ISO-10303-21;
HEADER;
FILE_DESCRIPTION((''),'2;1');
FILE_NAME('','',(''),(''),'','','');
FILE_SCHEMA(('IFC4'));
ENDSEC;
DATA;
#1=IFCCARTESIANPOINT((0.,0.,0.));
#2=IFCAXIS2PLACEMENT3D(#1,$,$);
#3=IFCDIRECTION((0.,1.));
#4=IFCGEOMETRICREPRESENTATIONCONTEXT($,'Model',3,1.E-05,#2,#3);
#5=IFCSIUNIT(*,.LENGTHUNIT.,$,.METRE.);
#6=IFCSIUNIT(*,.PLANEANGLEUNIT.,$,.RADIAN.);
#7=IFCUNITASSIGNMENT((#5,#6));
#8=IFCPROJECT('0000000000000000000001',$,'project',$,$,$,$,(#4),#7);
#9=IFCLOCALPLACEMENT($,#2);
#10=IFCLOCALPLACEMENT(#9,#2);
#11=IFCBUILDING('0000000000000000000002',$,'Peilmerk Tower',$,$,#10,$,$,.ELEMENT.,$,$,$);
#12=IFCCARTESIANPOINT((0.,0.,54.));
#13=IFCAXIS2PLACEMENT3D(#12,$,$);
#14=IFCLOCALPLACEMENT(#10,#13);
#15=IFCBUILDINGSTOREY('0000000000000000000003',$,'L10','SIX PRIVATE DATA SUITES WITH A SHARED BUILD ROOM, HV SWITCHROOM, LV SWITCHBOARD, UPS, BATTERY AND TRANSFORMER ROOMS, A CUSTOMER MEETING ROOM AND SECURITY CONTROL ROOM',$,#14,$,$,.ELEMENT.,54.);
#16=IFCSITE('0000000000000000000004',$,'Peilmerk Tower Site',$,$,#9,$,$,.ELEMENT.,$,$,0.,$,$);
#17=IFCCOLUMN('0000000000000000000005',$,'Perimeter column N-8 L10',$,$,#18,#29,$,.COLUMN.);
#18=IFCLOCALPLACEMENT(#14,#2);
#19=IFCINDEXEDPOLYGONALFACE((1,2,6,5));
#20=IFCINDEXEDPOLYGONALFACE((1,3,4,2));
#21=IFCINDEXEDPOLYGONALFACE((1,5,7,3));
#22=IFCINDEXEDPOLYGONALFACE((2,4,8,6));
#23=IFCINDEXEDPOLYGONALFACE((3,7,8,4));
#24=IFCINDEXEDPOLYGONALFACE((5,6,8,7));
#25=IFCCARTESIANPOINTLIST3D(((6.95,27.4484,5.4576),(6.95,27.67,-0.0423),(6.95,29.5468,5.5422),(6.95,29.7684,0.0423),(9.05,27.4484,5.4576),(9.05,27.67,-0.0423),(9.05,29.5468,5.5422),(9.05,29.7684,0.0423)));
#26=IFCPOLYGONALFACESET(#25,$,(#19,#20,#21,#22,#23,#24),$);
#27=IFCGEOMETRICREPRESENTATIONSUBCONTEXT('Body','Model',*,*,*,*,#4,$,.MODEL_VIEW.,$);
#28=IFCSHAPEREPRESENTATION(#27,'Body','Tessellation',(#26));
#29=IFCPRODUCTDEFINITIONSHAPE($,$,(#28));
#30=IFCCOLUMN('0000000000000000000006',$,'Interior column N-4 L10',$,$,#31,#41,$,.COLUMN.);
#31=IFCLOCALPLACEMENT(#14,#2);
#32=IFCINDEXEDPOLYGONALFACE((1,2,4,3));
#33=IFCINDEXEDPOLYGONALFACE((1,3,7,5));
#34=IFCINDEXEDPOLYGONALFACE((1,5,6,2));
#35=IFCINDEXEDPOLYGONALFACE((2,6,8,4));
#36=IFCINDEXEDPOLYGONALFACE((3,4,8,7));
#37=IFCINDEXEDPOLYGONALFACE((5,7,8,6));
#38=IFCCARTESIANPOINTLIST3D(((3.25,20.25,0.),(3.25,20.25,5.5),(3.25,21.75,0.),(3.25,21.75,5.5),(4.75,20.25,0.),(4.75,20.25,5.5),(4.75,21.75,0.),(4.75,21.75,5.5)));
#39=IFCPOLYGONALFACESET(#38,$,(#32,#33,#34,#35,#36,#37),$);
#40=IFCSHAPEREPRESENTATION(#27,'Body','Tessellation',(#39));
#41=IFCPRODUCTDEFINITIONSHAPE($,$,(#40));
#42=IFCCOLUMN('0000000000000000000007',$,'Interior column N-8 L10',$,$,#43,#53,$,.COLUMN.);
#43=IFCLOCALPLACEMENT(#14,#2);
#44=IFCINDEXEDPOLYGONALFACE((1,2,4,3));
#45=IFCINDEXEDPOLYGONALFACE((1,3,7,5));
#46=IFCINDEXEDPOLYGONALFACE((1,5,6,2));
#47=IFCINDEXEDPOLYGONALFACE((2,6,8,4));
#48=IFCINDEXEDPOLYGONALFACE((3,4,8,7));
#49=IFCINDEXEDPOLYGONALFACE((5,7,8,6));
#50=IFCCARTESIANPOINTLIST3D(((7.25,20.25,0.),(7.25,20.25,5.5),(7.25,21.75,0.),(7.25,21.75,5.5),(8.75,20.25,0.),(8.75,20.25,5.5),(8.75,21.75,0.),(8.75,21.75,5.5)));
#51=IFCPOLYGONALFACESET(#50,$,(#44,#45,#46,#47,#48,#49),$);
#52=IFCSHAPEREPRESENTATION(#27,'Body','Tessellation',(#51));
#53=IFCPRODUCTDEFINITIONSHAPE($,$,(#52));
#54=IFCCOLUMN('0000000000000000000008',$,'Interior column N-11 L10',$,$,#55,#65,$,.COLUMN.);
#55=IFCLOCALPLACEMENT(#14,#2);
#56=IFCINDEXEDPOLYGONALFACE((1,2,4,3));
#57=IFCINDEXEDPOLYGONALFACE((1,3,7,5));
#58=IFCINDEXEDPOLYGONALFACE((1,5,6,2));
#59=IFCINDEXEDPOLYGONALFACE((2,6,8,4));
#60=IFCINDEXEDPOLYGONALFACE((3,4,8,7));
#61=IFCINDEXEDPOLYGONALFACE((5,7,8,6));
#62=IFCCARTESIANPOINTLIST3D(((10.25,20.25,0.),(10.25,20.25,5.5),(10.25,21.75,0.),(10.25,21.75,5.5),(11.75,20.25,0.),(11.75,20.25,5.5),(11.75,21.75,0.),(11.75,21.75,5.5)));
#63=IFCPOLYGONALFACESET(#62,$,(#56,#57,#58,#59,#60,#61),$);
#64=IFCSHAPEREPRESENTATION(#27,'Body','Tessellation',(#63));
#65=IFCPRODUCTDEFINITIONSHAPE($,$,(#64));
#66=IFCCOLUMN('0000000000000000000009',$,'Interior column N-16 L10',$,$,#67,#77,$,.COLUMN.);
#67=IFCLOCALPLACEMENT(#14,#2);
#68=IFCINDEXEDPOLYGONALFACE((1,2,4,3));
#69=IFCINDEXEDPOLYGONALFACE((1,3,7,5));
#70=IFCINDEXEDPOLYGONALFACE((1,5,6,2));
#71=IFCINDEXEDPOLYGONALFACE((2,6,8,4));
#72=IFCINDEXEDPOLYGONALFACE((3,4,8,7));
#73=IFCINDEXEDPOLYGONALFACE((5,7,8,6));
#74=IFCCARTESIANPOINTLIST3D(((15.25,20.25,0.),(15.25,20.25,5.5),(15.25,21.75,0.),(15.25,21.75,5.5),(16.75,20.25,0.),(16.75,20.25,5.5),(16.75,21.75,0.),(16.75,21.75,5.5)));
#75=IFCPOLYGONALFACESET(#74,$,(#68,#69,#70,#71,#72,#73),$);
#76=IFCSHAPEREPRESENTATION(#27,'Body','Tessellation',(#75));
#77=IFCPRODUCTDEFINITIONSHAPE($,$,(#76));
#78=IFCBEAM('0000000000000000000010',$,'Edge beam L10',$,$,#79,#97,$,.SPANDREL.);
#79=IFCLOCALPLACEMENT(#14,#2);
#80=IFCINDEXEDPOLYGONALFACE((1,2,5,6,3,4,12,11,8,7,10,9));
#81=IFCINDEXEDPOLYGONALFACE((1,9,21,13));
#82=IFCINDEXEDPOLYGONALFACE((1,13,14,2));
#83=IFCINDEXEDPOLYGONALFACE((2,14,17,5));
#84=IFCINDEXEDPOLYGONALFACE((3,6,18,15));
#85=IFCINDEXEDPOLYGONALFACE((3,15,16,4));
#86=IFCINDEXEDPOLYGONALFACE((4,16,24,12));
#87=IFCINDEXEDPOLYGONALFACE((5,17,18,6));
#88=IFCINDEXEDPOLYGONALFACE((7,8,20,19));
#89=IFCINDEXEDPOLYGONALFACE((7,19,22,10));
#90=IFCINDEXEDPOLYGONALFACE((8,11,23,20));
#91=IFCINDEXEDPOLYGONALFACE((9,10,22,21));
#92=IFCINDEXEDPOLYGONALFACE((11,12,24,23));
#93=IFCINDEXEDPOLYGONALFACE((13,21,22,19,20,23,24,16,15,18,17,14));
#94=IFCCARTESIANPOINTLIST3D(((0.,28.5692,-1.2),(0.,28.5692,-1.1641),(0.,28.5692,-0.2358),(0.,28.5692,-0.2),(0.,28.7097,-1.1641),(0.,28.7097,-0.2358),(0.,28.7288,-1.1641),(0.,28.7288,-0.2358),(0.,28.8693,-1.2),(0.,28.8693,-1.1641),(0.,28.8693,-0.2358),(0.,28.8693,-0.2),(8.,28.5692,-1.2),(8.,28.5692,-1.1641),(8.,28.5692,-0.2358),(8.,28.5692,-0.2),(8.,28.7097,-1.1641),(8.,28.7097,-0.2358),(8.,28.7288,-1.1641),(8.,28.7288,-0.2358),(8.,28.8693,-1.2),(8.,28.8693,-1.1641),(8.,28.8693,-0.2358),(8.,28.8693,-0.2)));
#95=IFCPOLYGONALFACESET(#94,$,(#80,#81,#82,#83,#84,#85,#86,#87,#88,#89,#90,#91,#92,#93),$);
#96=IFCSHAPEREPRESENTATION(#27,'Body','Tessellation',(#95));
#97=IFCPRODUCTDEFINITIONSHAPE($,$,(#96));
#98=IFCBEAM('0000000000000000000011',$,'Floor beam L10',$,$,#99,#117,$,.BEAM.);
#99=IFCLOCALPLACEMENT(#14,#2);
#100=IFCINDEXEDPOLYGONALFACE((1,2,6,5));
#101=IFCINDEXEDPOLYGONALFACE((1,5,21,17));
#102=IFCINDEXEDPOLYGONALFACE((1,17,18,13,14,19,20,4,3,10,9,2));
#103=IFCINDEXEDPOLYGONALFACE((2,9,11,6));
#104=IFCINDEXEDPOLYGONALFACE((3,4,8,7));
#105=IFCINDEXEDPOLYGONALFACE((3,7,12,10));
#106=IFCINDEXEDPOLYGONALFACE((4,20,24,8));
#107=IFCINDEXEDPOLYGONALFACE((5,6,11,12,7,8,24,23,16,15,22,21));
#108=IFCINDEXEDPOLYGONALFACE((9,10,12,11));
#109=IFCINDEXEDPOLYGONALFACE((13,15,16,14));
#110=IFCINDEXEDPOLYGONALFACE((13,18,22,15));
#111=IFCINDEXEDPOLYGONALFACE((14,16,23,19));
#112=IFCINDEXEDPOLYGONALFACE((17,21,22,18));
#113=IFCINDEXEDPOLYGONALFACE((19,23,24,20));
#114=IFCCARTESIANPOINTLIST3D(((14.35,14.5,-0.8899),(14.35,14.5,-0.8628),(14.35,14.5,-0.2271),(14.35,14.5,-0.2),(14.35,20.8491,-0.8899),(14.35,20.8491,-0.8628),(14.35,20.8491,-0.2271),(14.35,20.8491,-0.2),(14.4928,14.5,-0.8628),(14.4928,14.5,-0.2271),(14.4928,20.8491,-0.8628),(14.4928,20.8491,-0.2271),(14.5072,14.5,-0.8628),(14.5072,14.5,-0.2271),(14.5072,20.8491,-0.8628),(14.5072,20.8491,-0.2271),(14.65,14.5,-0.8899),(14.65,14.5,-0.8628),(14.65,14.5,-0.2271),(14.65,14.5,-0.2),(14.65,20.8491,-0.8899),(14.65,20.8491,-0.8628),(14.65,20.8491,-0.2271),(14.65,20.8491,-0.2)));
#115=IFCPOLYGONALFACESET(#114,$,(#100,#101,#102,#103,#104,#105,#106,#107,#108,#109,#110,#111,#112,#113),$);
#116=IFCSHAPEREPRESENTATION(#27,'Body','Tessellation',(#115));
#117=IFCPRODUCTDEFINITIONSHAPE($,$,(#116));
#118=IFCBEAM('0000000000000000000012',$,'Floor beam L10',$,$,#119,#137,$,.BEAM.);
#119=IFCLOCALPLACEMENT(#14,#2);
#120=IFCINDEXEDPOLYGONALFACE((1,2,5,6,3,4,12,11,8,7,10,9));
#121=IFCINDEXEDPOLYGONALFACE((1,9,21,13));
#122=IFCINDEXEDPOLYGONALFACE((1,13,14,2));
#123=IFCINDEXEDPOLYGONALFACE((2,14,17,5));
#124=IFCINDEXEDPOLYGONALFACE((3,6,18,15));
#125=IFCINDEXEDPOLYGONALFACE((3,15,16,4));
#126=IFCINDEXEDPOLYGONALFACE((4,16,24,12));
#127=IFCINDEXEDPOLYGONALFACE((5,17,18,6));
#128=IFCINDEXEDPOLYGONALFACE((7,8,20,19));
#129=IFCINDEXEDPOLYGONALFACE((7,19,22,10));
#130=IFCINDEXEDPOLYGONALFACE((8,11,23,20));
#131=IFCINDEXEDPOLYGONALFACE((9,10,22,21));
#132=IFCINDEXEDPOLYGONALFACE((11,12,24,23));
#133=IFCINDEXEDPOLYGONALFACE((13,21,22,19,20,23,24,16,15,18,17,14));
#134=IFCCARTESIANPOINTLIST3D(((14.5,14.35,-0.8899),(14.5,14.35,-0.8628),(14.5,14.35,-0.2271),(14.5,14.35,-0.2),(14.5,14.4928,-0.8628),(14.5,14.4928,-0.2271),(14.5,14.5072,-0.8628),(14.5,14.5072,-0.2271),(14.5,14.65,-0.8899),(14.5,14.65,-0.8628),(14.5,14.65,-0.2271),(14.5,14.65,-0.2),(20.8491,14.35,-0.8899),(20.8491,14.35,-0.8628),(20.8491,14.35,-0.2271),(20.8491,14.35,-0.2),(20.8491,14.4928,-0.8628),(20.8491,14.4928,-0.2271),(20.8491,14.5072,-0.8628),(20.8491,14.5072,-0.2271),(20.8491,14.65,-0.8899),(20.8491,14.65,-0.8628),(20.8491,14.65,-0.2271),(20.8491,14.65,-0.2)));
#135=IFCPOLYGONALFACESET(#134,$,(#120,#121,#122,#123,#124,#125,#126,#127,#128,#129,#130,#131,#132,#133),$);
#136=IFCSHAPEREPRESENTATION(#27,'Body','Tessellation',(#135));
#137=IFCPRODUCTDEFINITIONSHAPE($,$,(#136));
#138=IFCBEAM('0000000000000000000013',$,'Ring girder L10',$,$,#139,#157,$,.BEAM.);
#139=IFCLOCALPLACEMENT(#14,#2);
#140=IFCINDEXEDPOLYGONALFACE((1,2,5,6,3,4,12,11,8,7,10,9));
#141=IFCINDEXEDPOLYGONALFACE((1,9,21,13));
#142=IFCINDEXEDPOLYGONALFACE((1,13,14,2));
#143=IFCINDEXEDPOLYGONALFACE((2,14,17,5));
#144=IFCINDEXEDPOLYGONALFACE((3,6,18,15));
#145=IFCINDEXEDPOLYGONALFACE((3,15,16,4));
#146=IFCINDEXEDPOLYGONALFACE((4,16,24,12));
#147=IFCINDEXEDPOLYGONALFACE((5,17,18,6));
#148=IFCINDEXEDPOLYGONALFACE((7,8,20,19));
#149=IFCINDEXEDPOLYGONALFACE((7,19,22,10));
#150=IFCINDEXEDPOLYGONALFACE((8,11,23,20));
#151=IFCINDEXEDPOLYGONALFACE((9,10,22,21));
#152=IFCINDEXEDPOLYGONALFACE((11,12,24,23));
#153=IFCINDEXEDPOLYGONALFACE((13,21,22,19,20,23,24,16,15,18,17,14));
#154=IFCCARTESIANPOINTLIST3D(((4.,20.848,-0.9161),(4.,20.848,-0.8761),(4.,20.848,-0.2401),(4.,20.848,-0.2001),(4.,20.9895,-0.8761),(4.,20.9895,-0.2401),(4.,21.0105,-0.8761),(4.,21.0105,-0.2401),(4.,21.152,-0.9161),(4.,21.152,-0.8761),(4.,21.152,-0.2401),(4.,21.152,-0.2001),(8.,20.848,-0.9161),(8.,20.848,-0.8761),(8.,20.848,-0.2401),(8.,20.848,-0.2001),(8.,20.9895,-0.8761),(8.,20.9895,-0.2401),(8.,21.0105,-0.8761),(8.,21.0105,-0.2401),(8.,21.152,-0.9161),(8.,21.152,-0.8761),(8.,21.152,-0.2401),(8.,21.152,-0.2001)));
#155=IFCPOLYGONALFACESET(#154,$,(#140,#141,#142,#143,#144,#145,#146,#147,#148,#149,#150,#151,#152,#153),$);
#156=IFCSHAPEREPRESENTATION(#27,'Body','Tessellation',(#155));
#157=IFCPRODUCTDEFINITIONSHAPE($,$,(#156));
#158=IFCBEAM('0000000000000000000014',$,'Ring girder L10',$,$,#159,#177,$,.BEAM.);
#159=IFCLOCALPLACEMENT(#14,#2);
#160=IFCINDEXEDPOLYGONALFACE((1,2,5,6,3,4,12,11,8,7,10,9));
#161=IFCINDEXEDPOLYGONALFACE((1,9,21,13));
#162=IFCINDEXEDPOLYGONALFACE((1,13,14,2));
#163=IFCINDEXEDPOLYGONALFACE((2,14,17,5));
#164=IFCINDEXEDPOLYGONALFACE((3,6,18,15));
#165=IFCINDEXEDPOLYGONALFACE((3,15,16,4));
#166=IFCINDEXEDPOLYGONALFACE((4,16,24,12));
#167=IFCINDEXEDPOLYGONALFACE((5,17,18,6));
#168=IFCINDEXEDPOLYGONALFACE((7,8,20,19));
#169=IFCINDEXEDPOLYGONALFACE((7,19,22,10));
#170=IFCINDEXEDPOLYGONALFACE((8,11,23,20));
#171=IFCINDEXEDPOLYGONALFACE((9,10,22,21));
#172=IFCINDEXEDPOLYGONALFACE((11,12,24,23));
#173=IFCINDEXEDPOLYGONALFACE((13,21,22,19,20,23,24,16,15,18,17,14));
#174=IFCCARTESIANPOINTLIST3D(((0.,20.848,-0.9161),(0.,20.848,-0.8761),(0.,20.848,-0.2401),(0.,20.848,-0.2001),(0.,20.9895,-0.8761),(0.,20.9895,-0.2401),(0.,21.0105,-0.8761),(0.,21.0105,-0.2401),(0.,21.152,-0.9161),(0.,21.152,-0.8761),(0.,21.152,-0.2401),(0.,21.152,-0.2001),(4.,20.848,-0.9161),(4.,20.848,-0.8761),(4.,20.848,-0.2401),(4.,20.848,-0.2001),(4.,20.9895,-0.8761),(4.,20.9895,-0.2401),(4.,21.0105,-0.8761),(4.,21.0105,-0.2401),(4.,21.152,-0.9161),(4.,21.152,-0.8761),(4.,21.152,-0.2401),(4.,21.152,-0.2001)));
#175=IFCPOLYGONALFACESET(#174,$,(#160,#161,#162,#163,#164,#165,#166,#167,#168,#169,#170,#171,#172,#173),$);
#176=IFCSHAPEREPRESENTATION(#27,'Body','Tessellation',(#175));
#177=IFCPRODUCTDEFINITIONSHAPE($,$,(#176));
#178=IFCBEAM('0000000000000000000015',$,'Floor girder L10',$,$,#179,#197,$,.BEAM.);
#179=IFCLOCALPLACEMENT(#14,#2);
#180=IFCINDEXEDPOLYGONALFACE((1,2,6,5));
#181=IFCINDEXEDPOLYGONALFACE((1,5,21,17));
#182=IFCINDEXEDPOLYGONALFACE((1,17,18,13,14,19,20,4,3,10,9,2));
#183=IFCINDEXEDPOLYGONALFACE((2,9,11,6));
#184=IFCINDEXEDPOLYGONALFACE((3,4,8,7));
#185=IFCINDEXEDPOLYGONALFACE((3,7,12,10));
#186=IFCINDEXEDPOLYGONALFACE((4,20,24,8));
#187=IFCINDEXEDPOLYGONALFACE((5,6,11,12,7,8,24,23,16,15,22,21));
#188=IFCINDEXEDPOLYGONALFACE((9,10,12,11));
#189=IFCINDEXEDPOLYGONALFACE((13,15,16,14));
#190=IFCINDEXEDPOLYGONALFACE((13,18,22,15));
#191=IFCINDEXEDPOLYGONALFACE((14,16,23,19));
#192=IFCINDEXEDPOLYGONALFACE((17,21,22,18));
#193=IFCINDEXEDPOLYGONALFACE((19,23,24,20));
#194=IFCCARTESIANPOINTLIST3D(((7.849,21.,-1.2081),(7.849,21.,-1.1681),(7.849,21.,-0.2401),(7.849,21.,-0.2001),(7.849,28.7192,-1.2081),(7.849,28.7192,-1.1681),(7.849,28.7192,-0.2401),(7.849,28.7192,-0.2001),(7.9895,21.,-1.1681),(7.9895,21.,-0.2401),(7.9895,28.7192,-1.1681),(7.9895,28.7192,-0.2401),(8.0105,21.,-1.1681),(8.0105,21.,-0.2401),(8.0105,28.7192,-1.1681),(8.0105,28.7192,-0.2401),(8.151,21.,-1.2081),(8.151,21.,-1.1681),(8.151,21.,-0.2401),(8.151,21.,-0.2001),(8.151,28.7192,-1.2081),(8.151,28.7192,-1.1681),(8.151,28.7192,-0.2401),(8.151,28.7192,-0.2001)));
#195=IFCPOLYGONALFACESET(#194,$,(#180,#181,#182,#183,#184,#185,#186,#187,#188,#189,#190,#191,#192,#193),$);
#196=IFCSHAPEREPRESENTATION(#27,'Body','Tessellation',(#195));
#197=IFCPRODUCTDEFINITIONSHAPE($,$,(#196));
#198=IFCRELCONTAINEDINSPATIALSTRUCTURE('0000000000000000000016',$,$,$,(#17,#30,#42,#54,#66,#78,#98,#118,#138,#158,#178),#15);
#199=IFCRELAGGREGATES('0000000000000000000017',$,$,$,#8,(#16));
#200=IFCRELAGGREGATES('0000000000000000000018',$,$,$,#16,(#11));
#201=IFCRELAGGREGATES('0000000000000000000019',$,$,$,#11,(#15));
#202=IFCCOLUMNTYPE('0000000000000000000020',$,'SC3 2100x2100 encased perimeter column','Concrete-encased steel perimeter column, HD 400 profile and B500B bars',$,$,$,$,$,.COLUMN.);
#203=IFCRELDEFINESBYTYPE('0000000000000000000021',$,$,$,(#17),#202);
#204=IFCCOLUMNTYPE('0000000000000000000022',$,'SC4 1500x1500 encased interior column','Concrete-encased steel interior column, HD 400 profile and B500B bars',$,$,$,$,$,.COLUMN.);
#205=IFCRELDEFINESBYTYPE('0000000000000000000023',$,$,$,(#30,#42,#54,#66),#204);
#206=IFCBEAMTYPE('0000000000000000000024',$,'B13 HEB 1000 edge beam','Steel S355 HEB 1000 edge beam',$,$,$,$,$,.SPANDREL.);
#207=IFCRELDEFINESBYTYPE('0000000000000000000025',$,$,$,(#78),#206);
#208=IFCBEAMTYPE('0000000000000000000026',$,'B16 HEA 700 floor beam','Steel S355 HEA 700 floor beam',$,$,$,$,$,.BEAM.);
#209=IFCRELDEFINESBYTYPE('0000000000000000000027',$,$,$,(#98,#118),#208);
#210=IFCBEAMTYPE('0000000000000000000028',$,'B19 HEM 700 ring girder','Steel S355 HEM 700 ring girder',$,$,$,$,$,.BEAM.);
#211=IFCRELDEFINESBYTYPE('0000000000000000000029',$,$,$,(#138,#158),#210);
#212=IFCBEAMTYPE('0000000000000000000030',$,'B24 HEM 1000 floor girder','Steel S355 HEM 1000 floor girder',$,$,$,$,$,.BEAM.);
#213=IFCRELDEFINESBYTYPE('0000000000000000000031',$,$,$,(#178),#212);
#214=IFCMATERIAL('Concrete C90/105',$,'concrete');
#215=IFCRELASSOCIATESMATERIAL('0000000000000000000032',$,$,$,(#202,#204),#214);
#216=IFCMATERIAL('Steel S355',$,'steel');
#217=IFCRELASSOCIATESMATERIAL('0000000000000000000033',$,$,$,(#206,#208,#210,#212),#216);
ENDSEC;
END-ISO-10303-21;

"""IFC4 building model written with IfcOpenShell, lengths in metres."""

from ifc_helpers import new_model, si_unit, direction, frame, origin, origin_2d, place, context, subcontext, project, spatial, rectangle, i_section, extrude, material, material_profile, profile_set, type_object, element, save


model = new_model("IFC4")

# Units and contexts
model_context = context("Model", 3, precision=1e-05, world=origin(), true_north=direction((0.0, 1.0)))
body_context = subcontext(model_context, "Body", "Model", "MODEL_VIEW")
ifc_project = project(units=[si_unit("LENGTHUNIT", "METRE"), si_unit("PLANEANGLEUNIT", "RADIAN")], contexts=[model_context])

# Site, building, storey
site_placement = place(None, origin())
site = spatial("IfcSite", under=ifc_project, at=site_placement, Name="Peilmerk Tower Site", CompositionType="ELEMENT", RefElevation=0.0)
building_placement = place(site_placement, origin())
building = spatial("IfcBuilding", under=site, at=building_placement, Name="Peilmerk Tower", CompositionType="ELEMENT")
storey_placement = place(building_placement, frame((0.0, 0.0, 54.0)))
storey = spatial("IfcBuildingStorey", under=building, at=storey_placement, Name="L10", Description="SIX PRIVATE DATA SUITES WITH A SHARED BUILD ROOM, HV SWITCHROOM, LV SWITCHBOARD, UPS, BATTERY AND TRANSFORMER ROOMS, A CUSTOMER MEETING ROOM AND SECURITY CONTROL ROOM", CompositionType="ELEMENT", Elevation=54.0)

# Columns
ifc_material_1 = material(Name="Concrete C90/105", Category="concrete")
ifc_material_profile_1 = material_profile(ifc_material_1, rectangle(XDim=2.1001, YDim=2.1001, at=origin_2d()), Name="RC 2100x2100")
ifc_profile_set_1 = profile_set([ifc_material_profile_1], Name="Concrete C90/105")
column_type_1 = type_object("IfcColumnType", Name="SC3 2100x2100 encased perimeter column", Description="Concrete-encased steel perimeter column, HD 400 profile and B500B bars", PredefinedType="COLUMN", material=ifc_profile_set_1)
column_placement = place(storey_placement, frame((8.0, 28.7192, 0.0), z_axis=(0.0, -0.040273, 0.999189), x_axis=(1.0, 0.0, 0.0)))
element("IfcColumn", 1, at=column_placement, inside=storey, type_object=column_type_1, Name="Perimeter column N-8 L10", PredefinedType="COLUMN", context=body_context, shape_type="SweptSolid", body=[
    extrude(rectangle(XDim=2.1001, YDim=2.1001, at=origin_2d()), origin(), (0.0, 0.0, 1.0), 5.5044),
])
ifc_material_profile_2 = material_profile(ifc_material_1, rectangle(XDim=1.5, YDim=1.5, at=origin_2d()), Name="RC 1500x1500")
ifc_profile_set_2 = profile_set([ifc_material_profile_2], Name="Concrete C90/105")
column_type_2 = type_object("IfcColumnType", Name="SC4 1500x1500 encased interior column", Description="Concrete-encased steel interior column, HD 400 profile and B500B bars", PredefinedType="COLUMN", material=ifc_profile_set_2)
for number, where, z_axis, x_axis, name in (
    (2, (4.0, 21.0, 0.0), (0.0, 0.0, 1.0), (1.0, 0.0, 0.0), "Interior column N-4 L10"),
    (3, (8.0, 21.0, 0.0), (0.0, 0.0, 1.0), (1.0, 0.0, 0.0), "Interior column N-8 L10"),
    (4, (11.0, 21.0, 0.0), (0.0, 0.0, 1.0), (1.0, 0.0, 0.0), "Interior column N-11 L10"),
    (5, (16.0, 21.0, 0.0), (0.0, 0.0, 1.0), (1.0, 0.0, 0.0), "Interior column N-16 L10"),
):
    element("IfcColumn", number, at=place(storey_placement, frame(where, z_axis=z_axis, x_axis=x_axis)), inside=storey, type_object=column_type_2, Name=name, PredefinedType="COLUMN", context=body_context, shape_type="SweptSolid", body=[
        extrude(rectangle(XDim=1.5, YDim=1.5, at=origin_2d()), origin(), (0.0, 0.0, 1.0), 5.5),
    ])

# Beams
ifc_material_2 = material(Name="Steel S355", Category="steel")
ifc_material_profile_3 = material_profile(ifc_material_2, i_section(OverallWidth=0.3, OverallDepth=1.0, WebThickness=0.019, FlangeThickness=0.0359, at=origin_2d()), Name="HEB 1000")
ifc_profile_set_3 = profile_set([ifc_material_profile_3], Name="Steel S355")
beam_type_1 = type_object("IfcBeamType", Name="B13 HEB 1000 edge beam", Description="Steel S355 HEB 1000 edge beam", PredefinedType="SPANDREL", material=ifc_profile_set_3)
beam_1_placement = place(storey_placement, frame((8.0, 28.7192, -0.7), z_axis=(-1.0, 0.0, 0.0), x_axis=(0.0, -1.0, 0.0)))
element("IfcBeam", 6, at=beam_1_placement, inside=storey, type_object=beam_type_1, Name="Edge beam L10", PredefinedType="SPANDREL", context=body_context, shape_type="SweptSolid", body=[
    extrude(i_section(OverallWidth=0.3, OverallDepth=1.0, WebThickness=0.019, FlangeThickness=0.0359, at=origin_2d()), origin(), (0.0, 0.0, 1.0), 8.0),
])
ifc_material_profile_4 = material_profile(ifc_material_2, i_section(OverallWidth=0.3, OverallDepth=0.6899, WebThickness=0.0144, FlangeThickness=0.0271, at=origin_2d()), Name="HEA 700")
ifc_profile_set_4 = profile_set([ifc_material_profile_4], Name="Steel S355")
beam_type_2 = type_object("IfcBeamType", Name="B16 HEA 700 floor beam", Description="Steel S355 HEA 700 floor beam", PredefinedType="BEAM", material=ifc_profile_set_4)
for number, where, z_axis, x_axis, name in (
    (7, (14.5, 14.5, -0.5449), (0.0, 1.0, 0.0), (-1.0, 0.0, 0.0), "Floor beam L10"),
    (8, (14.5, 14.5, -0.5449), (1.0, 0.0, 0.0), (0.0, 1.0, 0.0), "Floor beam L10"),
):
    element("IfcBeam", number, at=place(storey_placement, frame(where, z_axis=z_axis, x_axis=x_axis)), inside=storey, type_object=beam_type_2, Name=name, PredefinedType="BEAM", context=body_context, shape_type="SweptSolid", body=[
        extrude(i_section(OverallWidth=0.3, OverallDepth=0.6899, WebThickness=0.0144, FlangeThickness=0.0271, at=origin_2d()), origin(), (0.0, 0.0, 1.0), 6.3491),
    ])
ifc_material_profile_5 = material_profile(ifc_material_2, i_section(OverallWidth=0.304, OverallDepth=0.7161, WebThickness=0.021, FlangeThickness=0.04, at=origin_2d()), Name="HEM 700")
ifc_profile_set_5 = profile_set([ifc_material_profile_5], Name="Steel S355")
beam_type_3 = type_object("IfcBeamType", Name="B19 HEM 700 ring girder", Description="Steel S355 HEM 700 ring girder", PredefinedType="BEAM", material=ifc_profile_set_5)
for number, where, z_axis, x_axis, name in (
    (9, (8.0, 21.0, -0.5581), (-1.0, 0.0, 0.0), (0.0, -1.0, 0.0), "Ring girder L10"),
    (10, (4.0, 21.0, -0.5581), (-1.0, 0.0, 0.0), (0.0, -1.0, 0.0), "Ring girder L10"),
):
    element("IfcBeam", number, at=place(storey_placement, frame(where, z_axis=z_axis, x_axis=x_axis)), inside=storey, type_object=beam_type_3, Name=name, PredefinedType="BEAM", context=body_context, shape_type="SweptSolid", body=[
        extrude(i_section(OverallWidth=0.304, OverallDepth=0.7161, WebThickness=0.021, FlangeThickness=0.04, at=origin_2d()), origin(), (0.0, 0.0, 1.0), 4.0),
    ])
ifc_material_profile_6 = material_profile(ifc_material_2, i_section(OverallWidth=0.302, OverallDepth=1.0081, WebThickness=0.021, FlangeThickness=0.04, at=origin_2d()), Name="HEM 1000")
ifc_profile_set_6 = profile_set([ifc_material_profile_6], Name="Steel S355")
beam_type_4 = type_object("IfcBeamType", Name="B24 HEM 1000 floor girder", Description="Steel S355 HEM 1000 floor girder", PredefinedType="BEAM", material=ifc_profile_set_6)
beam_2_placement = place(storey_placement, frame((8.0, 21.0, -0.7041), z_axis=(0.0, 1.0, 0.0), x_axis=(-1.0, 0.0, 0.0)))
element("IfcBeam", 11, at=beam_2_placement, inside=storey, type_object=beam_type_4, Name="Floor girder L10", PredefinedType="BEAM", context=body_context, shape_type="SweptSolid", body=[
    extrude(i_section(OverallWidth=0.302, OverallDepth=1.0081, WebThickness=0.021, FlangeThickness=0.04, at=origin_2d()), origin(), (0.0, 0.0, 1.0), 7.7192),
])

save(model, "model.ifc")
